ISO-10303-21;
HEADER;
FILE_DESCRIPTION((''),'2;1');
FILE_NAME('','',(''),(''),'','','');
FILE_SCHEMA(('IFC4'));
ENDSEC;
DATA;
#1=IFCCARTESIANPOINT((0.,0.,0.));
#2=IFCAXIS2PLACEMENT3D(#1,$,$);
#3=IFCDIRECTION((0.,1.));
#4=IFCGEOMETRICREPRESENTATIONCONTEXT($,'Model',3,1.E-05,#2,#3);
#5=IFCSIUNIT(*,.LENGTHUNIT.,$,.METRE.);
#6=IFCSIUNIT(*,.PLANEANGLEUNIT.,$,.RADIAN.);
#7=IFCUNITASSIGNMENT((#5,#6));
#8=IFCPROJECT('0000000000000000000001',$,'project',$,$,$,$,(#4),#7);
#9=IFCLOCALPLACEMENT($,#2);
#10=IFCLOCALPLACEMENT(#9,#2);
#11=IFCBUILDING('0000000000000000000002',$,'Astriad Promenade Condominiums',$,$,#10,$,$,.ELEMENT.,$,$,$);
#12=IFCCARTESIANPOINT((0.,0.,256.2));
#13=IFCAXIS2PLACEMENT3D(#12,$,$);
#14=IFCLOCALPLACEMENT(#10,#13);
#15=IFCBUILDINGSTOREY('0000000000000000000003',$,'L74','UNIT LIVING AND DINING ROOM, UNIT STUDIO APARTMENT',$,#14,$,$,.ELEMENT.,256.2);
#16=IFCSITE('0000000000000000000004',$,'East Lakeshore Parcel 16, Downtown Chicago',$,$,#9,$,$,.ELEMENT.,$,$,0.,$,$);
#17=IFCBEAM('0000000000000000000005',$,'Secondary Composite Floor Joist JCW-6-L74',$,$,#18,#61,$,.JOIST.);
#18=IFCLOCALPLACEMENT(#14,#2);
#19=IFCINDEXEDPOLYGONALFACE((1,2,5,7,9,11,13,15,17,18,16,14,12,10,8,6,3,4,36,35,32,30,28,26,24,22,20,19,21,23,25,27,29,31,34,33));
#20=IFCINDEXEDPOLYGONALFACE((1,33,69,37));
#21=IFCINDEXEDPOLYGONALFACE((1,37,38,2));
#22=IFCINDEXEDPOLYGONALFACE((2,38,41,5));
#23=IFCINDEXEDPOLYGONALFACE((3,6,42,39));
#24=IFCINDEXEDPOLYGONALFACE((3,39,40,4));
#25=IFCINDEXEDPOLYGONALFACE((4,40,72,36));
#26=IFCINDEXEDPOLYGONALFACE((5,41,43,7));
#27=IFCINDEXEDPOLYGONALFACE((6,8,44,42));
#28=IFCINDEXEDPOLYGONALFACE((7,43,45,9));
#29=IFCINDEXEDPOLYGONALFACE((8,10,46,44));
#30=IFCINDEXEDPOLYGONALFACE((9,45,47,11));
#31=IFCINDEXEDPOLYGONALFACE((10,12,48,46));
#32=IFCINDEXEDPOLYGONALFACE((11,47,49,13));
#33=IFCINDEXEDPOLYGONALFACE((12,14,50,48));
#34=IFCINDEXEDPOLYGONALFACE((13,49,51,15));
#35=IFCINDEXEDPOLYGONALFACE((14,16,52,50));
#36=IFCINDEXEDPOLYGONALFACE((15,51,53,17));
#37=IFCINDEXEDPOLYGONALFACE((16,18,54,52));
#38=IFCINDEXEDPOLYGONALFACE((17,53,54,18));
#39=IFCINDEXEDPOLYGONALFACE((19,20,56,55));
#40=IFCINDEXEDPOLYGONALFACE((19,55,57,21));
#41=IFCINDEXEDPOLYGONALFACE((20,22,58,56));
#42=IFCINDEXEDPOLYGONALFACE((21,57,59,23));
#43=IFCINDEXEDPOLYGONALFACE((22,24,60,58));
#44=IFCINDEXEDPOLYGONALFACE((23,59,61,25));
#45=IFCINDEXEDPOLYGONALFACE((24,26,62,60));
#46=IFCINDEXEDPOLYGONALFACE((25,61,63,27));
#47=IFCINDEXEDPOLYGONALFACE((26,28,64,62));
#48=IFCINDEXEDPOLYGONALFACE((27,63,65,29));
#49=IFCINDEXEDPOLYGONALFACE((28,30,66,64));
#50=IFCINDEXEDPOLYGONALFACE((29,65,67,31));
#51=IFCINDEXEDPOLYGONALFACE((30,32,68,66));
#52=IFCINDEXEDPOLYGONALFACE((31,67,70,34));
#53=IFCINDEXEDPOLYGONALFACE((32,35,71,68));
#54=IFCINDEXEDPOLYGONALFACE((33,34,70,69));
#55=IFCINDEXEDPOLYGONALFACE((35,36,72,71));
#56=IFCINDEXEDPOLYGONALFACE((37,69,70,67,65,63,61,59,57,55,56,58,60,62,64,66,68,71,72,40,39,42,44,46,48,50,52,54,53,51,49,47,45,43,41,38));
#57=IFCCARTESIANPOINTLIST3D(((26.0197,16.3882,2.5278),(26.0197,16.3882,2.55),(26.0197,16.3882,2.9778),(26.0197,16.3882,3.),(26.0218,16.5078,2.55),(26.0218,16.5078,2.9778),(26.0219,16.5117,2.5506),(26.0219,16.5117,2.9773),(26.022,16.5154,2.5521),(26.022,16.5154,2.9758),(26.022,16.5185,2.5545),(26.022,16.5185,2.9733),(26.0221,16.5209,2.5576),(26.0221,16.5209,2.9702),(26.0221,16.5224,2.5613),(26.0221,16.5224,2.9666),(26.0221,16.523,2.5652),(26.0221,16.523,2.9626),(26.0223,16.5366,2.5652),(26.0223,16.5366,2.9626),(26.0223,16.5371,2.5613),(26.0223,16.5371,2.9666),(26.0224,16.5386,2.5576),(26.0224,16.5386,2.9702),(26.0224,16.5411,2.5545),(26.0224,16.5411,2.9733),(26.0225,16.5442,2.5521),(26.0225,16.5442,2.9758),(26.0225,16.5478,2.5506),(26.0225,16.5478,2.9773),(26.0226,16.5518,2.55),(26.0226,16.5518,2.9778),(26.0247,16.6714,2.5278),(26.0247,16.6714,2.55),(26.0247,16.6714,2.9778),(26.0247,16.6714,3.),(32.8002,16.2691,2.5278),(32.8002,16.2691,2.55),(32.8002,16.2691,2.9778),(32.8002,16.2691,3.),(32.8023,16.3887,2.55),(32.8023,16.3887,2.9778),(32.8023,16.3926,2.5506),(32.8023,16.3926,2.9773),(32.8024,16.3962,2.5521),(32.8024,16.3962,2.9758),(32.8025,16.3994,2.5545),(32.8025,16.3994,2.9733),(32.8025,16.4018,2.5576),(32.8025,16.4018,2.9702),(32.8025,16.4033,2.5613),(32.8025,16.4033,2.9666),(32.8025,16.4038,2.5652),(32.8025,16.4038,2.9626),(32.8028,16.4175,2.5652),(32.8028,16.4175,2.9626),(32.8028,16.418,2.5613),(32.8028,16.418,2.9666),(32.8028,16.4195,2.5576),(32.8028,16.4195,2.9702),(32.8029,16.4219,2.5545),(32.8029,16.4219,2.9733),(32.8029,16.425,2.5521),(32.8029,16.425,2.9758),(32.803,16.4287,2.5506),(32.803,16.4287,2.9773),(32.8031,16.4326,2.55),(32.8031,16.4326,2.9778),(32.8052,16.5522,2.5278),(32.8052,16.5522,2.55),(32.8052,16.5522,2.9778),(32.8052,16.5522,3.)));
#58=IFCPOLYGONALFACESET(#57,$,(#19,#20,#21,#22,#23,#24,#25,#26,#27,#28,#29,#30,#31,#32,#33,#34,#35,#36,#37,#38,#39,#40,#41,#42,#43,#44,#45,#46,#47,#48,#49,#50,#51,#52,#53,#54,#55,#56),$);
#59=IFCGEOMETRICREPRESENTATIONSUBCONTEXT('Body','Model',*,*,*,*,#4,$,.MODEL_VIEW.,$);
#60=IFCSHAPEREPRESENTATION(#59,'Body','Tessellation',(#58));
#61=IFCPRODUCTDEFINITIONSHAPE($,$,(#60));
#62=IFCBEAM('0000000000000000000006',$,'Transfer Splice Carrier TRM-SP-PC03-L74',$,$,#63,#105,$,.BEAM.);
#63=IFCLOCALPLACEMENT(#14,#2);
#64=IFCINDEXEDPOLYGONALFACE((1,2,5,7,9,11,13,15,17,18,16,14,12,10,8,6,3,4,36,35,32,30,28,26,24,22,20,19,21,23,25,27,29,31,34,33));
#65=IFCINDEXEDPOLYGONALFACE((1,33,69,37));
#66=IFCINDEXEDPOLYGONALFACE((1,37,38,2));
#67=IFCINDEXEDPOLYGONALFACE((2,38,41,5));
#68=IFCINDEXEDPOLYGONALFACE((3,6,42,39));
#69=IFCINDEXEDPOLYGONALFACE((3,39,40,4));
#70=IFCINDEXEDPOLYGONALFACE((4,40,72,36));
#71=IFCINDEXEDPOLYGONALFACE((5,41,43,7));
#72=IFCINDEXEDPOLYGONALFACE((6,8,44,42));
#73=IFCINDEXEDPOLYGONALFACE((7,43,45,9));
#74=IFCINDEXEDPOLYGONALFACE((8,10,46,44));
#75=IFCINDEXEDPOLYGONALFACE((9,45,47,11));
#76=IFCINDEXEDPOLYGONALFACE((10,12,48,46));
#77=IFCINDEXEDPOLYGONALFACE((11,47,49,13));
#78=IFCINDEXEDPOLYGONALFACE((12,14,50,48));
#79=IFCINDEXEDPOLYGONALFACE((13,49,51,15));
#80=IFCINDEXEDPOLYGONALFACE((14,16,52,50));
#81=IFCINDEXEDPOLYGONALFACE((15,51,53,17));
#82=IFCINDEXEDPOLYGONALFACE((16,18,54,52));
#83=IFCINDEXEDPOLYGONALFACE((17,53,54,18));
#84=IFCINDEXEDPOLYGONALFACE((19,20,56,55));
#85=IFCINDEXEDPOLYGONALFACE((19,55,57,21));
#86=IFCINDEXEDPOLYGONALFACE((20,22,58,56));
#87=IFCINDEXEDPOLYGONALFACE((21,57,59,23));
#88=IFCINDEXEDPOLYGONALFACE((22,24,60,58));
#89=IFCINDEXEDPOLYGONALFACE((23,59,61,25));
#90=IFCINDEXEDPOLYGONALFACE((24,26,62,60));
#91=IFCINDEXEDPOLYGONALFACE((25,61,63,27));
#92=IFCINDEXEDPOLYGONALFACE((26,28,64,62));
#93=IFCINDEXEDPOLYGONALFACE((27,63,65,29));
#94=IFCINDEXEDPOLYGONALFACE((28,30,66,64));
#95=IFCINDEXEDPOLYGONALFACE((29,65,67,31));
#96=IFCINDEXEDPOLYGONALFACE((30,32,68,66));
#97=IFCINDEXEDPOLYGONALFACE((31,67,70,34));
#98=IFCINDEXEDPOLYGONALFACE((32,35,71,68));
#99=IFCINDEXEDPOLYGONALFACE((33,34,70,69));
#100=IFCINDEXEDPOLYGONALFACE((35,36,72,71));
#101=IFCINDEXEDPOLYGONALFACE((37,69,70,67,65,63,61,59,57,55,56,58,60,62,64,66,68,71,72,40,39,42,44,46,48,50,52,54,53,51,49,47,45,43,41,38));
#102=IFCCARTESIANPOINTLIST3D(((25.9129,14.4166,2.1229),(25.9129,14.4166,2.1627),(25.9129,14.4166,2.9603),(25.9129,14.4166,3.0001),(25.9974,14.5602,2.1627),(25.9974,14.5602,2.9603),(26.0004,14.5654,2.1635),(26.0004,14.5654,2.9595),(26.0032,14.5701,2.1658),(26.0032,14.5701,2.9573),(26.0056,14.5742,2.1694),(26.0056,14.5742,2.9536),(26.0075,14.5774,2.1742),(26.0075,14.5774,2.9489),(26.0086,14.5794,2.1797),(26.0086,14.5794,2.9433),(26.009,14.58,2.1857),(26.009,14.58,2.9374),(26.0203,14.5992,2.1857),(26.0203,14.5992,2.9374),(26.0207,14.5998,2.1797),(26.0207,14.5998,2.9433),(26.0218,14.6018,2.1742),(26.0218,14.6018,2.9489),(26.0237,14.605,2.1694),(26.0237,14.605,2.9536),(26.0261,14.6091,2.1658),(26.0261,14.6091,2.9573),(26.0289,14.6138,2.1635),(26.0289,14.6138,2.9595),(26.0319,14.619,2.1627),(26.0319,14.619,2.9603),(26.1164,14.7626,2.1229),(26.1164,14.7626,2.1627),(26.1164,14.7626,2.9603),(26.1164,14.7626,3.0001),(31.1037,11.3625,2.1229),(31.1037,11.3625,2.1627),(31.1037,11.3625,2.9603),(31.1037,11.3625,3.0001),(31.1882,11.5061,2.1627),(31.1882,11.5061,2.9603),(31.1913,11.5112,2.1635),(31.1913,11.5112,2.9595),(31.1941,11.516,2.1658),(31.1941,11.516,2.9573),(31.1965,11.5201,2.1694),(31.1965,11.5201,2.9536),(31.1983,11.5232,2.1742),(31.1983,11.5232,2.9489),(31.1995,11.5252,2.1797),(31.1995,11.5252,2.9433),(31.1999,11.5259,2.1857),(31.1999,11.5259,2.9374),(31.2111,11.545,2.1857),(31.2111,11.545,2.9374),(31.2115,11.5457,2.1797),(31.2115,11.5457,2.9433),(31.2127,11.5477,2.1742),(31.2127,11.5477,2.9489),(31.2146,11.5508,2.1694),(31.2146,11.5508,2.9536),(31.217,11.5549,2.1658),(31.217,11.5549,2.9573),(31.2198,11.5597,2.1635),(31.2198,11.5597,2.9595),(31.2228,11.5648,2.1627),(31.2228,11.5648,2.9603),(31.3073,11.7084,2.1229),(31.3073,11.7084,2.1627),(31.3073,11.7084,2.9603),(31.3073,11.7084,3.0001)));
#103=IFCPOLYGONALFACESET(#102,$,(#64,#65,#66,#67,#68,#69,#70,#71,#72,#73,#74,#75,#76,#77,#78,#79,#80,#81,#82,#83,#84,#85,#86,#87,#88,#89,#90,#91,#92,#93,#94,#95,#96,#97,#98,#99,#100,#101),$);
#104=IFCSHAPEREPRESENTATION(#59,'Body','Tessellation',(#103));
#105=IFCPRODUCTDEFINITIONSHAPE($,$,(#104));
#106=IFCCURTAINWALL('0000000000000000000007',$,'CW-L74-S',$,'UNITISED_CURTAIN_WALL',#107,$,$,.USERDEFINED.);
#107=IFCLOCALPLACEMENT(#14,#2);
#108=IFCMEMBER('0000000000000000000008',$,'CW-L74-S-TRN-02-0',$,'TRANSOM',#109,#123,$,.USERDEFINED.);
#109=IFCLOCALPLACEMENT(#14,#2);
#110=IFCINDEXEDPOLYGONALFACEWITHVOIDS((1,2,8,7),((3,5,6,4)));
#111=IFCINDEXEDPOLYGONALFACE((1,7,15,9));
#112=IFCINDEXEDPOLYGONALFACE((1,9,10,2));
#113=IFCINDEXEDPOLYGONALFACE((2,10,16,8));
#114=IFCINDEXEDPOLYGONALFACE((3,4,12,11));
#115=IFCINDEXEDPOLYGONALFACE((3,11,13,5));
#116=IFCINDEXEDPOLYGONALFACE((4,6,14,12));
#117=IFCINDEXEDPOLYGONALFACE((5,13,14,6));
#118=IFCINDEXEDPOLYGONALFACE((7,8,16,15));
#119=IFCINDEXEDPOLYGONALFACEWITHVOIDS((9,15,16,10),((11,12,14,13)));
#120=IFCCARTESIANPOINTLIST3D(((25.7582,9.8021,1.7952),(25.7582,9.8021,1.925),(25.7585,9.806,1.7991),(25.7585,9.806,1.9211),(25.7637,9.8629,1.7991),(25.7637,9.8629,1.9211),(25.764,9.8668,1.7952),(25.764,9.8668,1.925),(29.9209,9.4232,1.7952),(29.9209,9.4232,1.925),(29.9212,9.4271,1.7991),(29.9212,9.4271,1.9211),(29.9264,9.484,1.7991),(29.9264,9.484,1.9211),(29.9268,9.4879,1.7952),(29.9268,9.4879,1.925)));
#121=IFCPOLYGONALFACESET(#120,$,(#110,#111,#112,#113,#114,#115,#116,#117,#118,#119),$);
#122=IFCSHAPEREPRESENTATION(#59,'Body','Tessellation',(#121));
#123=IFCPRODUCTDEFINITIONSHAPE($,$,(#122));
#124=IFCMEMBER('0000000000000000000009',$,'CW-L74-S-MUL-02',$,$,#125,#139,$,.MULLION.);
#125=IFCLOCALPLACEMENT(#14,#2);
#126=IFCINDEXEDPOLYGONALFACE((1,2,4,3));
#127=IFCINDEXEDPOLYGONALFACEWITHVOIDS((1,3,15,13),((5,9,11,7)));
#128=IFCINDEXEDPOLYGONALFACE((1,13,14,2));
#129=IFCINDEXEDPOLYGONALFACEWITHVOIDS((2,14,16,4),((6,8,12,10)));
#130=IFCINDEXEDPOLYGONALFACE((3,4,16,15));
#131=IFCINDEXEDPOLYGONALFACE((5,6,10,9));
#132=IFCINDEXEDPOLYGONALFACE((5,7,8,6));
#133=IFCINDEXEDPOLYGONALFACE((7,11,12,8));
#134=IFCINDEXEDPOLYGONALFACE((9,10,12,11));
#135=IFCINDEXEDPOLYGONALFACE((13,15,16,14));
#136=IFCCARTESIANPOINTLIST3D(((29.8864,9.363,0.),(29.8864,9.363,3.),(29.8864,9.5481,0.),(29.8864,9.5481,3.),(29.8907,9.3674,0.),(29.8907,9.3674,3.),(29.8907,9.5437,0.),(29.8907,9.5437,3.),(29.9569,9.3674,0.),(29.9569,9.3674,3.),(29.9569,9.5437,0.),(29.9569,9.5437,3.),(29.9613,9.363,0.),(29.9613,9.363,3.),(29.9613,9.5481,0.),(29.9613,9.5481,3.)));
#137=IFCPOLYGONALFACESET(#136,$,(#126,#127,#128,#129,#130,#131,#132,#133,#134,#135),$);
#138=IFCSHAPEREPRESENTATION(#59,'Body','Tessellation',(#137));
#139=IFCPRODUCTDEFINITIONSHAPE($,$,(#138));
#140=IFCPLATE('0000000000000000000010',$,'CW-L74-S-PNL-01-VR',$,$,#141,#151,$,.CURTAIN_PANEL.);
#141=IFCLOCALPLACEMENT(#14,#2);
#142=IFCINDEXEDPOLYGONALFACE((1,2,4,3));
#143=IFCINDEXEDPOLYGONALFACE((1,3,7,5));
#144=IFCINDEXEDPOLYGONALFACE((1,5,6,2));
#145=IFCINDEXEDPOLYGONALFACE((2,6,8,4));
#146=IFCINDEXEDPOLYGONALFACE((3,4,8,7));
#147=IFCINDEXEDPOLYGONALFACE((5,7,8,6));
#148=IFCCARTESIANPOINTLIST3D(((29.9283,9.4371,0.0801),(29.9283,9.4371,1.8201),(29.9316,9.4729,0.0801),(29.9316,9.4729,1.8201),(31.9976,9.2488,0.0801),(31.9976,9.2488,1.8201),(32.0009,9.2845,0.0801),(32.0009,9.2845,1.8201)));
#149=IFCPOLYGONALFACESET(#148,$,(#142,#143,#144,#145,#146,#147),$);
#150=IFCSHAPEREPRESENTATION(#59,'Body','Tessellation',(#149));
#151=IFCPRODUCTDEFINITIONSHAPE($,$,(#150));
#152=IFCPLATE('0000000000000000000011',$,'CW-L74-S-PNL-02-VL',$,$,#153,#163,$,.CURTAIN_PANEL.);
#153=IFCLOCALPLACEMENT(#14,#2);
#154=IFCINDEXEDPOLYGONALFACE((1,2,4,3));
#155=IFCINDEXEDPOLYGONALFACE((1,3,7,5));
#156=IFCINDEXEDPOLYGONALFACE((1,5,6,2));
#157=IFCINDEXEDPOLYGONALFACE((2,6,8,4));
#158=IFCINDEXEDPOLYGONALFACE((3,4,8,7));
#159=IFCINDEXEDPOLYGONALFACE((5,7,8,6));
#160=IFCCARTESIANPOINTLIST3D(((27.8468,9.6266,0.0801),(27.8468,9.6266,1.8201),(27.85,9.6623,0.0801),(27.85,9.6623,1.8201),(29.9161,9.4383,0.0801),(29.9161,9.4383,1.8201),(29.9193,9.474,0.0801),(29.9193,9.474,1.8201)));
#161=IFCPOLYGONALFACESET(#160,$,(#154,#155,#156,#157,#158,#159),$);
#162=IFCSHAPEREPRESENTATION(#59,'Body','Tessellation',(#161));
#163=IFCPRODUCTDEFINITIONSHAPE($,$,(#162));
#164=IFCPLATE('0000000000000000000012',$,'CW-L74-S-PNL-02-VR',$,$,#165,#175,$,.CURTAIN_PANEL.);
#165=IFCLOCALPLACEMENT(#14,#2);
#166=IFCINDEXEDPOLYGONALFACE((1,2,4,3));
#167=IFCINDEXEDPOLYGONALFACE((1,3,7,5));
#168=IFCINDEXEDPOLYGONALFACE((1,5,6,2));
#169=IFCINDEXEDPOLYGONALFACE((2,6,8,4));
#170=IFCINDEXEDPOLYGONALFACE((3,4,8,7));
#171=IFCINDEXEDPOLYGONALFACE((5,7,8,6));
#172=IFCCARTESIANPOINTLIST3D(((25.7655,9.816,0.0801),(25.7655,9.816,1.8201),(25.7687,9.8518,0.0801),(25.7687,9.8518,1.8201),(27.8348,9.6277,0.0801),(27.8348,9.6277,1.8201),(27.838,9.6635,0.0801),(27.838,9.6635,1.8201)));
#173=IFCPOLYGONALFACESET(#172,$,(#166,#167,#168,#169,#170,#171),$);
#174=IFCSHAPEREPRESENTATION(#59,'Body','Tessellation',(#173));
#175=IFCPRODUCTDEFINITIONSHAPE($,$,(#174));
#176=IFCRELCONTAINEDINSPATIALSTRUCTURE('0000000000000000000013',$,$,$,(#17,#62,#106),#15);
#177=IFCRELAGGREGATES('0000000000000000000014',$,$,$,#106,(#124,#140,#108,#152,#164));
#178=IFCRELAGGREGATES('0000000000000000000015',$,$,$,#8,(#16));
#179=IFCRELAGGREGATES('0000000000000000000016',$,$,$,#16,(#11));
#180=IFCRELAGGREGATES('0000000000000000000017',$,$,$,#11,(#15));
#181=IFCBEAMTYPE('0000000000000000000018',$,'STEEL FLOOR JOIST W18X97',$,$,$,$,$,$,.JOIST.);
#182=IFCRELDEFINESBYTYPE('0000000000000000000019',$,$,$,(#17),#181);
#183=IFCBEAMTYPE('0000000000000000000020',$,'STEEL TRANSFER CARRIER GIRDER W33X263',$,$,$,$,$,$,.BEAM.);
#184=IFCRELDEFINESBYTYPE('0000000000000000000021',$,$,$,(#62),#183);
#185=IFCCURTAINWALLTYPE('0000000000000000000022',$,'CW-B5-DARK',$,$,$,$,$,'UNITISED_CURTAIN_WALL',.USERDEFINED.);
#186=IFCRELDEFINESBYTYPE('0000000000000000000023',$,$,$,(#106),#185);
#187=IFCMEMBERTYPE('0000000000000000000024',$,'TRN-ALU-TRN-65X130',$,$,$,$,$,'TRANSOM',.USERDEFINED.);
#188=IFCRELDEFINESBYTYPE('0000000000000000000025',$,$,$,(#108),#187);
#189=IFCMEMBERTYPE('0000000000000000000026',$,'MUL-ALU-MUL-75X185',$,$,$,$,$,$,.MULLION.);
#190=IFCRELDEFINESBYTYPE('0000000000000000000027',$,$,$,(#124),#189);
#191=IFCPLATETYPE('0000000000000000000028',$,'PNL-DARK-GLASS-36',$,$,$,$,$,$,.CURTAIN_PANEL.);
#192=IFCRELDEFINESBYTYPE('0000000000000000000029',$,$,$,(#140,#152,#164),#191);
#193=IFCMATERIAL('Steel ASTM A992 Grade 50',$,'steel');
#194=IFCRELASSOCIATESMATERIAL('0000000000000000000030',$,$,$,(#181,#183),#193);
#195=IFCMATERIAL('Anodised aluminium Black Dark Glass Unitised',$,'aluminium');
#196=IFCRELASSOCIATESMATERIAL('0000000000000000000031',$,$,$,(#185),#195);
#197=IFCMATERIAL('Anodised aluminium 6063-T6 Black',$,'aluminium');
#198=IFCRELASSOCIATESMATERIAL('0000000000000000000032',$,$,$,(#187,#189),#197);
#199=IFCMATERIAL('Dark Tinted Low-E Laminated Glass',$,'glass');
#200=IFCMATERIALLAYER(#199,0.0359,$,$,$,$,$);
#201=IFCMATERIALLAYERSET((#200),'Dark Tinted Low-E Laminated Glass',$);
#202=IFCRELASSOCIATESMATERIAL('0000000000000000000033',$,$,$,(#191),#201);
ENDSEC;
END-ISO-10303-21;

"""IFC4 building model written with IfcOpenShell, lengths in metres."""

from ifc_helpers import new_model, si_unit, direction, frame, origin, origin_2d, place, context, subcontext, project, spatial, rectangle, hollow_rectangle, i_section, extrude, source, transform, mapped, material, layer, layer_set, material_profile, profile_set, type_object, type_shapes, element, aggregate, save


model = new_model("IFC4")

# Units and contexts
model_context = context("Model", 3, precision=1e-05, world=origin(), true_north=direction((0.0, 1.0)))
body_context = subcontext(model_context, "Body", "Model", "MODEL_VIEW")
ifc_project = project(units=[si_unit("LENGTHUNIT", "METRE"), si_unit("PLANEANGLEUNIT", "RADIAN")], contexts=[model_context])

# Site, building, storey
site_placement = place(None, origin())
site = spatial("IfcSite", under=ifc_project, at=site_placement, Name="East Lakeshore Parcel 16, Downtown Chicago", CompositionType="ELEMENT", RefElevation=0.0)
building_placement = place(site_placement, origin())
building = spatial("IfcBuilding", under=site, at=building_placement, Name="Astriad Promenade Condominiums", CompositionType="ELEMENT")
storey_placement = place(building_placement, frame((0.0, 0.0, 256.2)))
storey = spatial("IfcBuildingStorey", under=building, at=storey_placement, Name="L74", Description="UNIT LIVING AND DINING ROOM, UNIT STUDIO APARTMENT", CompositionType="ELEMENT", Elevation=256.2)

# Shared definitions
ifc_material_1 = material(Name="Steel ASTM A992 Grade 50", Category="steel")

# Beams
ifc_material_profile_1 = material_profile(ifc_material_1, i_section(OverallWidth=0.2832, OverallDepth=0.4722, WebThickness=0.0137, FlangeThickness=0.0222, FilletRadius=0.0151, at=origin_2d()), Name="W18X97")
ifc_profile_set_1 = profile_set([ifc_material_profile_1], Name="Steel ASTM A992 Grade 50")
beam_type_1 = type_object("IfcBeamType", Name="STEEL FLOOR JOIST W18X97", PredefinedType="JOIST", material=ifc_profile_set_1)
shared_shape_1 = source(origin(), body_context, "Body", "SweptSolid", [
    extrude(i_section(OverallWidth=0.2832, OverallDepth=0.4722, WebThickness=0.0137, FlangeThickness=0.0222, FilletRadius=0.0151, at=origin_2d()), origin(), (0.0, 0.0, 1.0), 6.7815),
])
type_shapes(beam_type_1, [shared_shape_1])
beam_1_placement = place(storey_placement, frame((26.0222, 16.5298, 2.7639), z_axis=(0.999846, -0.017568, 0.0), x_axis=(0.017568, 0.999846, 0.0)))
element("IfcBeam", 1, at=beam_1_placement, inside=storey, type_object=beam_type_1, Name="Secondary Composite Floor Joist JCW-6-L74", PredefinedType="JOIST", context=body_context, shape_type="MappedRepresentation", body=[
    mapped(shared_shape_1, transform((0.0, 0.0, 0.0), scale=1.0)),
])
ifc_material_profile_2 = material_profile(ifc_material_1, i_section(OverallWidth=0.4014, OverallDepth=0.8772, WebThickness=0.0222, FlangeThickness=0.0398, FilletRadius=0.0229, at=origin_2d()), Name="W33X263")
ifc_profile_set_2 = profile_set([ifc_material_profile_2], Name="Steel ASTM A992 Grade 50")
beam_type_2 = type_object("IfcBeamType", Name="STEEL TRANSFER CARRIER GIRDER W33X263", PredefinedType="BEAM", material=ifc_profile_set_2)
shared_shape_2 = source(origin(), body_context, "Body", "SweptSolid", [
    extrude(i_section(OverallWidth=0.4014, OverallDepth=0.8772, WebThickness=0.0222, FlangeThickness=0.0398, FilletRadius=0.0229, at=origin_2d()), origin(), (0.0, 0.0, 1.0), 6.0227),
])
type_shapes(beam_type_2, [shared_shape_2])
beam_2_placement = place(storey_placement, frame((26.0146, 14.5896, 2.5615), z_axis=(0.861882, -0.507109, 0.0), x_axis=(0.507109, 0.861882, 0.0)))
element("IfcBeam", 2, at=beam_2_placement, inside=storey, type_object=beam_type_2, Name="Transfer Splice Carrier TRM-SP-PC03-L74", PredefinedType="BEAM", context=body_context, shape_type="MappedRepresentation", body=[
    mapped(shared_shape_2, transform((0.0, 0.0, 0.0), scale=1.0)),
])

# Curtain wall, members, plates
ifc_material_2 = material(Name="Anodised aluminium Black Dark Glass Unitised", Category="aluminium")
curtain_wall_type = type_object("IfcCurtainWallType", Name="CW-B5-DARK", ElementType="UNITISED_CURTAIN_WALL", PredefinedType="USERDEFINED", material=ifc_material_2)
curtain_wall_placement = place(storey_placement, origin())
curtain_wall = element("IfcCurtainWall", 3, at=curtain_wall_placement, inside=storey, type_object=curtain_wall_type, Name="CW-L74-S", ObjectType="UNITISED_CURTAIN_WALL", PredefinedType="USERDEFINED")
ifc_material_3 = material(Name="Anodised aluminium 6063-T6 Black", Category="aluminium")
ifc_material_profile_3 = material_profile(ifc_material_3, hollow_rectangle(XDim=0.0649, YDim=0.1299, WallThickness=0.0039, at=origin_2d()), Name="ALU-TRN-65X130")
ifc_profile_set_3 = profile_set([ifc_material_profile_3], Name="Anodised aluminium 6063-T6 Black")
member_type_1 = type_object("IfcMemberType", Name="TRN-ALU-TRN-65X130", ElementType="TRANSOM", PredefinedType="USERDEFINED", material=ifc_profile_set_3)
shared_shape_3 = source(origin(), body_context, "Body", "SweptSolid", [
    extrude(hollow_rectangle(XDim=0.0649, YDim=0.1299, WallThickness=0.0039, at=origin_2d()), origin(), (0.0, 0.0, 1.0), 4.1799),
])
type_shapes(member_type_1, [shared_shape_3])
member_1_placement = place(storey_placement, frame((29.9238, 9.4556, 1.8601), z_axis=(-0.995883, 0.090646, 0.0), x_axis=(-0.090646, -0.995883, 0.0)))
member_1 = element("IfcMember", 4, at=member_1_placement, type_object=member_type_1, Name="CW-L74-S-TRN-02-0", ObjectType="TRANSOM", PredefinedType="USERDEFINED", context=body_context, shape_type="MappedRepresentation", body=[
    mapped(shared_shape_3, transform((0.0, 0.0, 0.0), scale=1.0)),
])
ifc_material_profile_4 = material_profile(ifc_material_3, hollow_rectangle(XDim=0.075, YDim=0.1851, WallThickness=0.0044, at=origin_2d()), Name="ALU-MUL-75X185")
ifc_profile_set_4 = profile_set([ifc_material_profile_4], Name="Anodised aluminium 6063-T6 Black")
member_type_2 = type_object("IfcMemberType", Name="MUL-ALU-MUL-75X185", PredefinedType="MULLION", material=ifc_profile_set_4)
shared_shape_4 = source(origin(), body_context, "Body", "SweptSolid", [
    extrude(hollow_rectangle(XDim=0.075, YDim=0.1851, WallThickness=0.0044, at=origin_2d()), origin(), (0.0, 0.0, 1.0), 3.0),
])
type_shapes(member_type_2, [shared_shape_4])
member_2_placement = place(storey_placement, frame((29.9238, 9.4556, 0.0), z_axis=(0.0, 0.0, 1.0), x_axis=(1.0, 0.0, 0.0)))
member_2 = element("IfcMember", 5, at=member_2_placement, type_object=member_type_2, Name="CW-L74-S-MUL-02", PredefinedType="MULLION", context=body_context, shape_type="MappedRepresentation", body=[
    mapped(shared_shape_4, transform((0.0, 0.0, 0.0), scale=1.0)),
])
ifc_material_4 = material(Name="Dark Tinted Low-E Laminated Glass", Category="glass")
ifc_layer_1 = layer(ifc_material_4, 0.0359)
ifc_layer_set_1 = layer_set([ifc_layer_1], Name="Dark Tinted Low-E Laminated Glass")
plate_type = type_object("IfcPlateType", Name="PNL-DARK-GLASS-36", PredefinedType="CURTAIN_PANEL", material=ifc_layer_set_1)
shared_shape_5 = source(origin(), body_context, "Body", "SweptSolid", [
    extrude(rectangle(XDim=2.0779, YDim=0.0359, at=origin_2d()), origin(), (0.0, 0.0, 1.0), 1.74),
])
plate_1_placement = place(storey_placement, frame((30.9646, 9.3608, 0.0801), z_axis=(0.0, 0.0, 1.0), x_axis=(-0.995884, 0.090633, 0.0)))
plate_1 = element("IfcPlate", 6, at=plate_1_placement, type_object=plate_type, Name="CW-L74-S-PNL-01-VR", PredefinedType="CURTAIN_PANEL", context=body_context, shape_type="MappedRepresentation", body=[
    mapped(shared_shape_5, transform((0.0, 0.0, 0.0), scale=1.0)),
])
plate_2_placement = place(storey_placement, frame((28.8831, 9.5503, 0.0801), z_axis=(0.0, 0.0, 1.0), x_axis=(-0.995884, 0.090633, 0.0)))
plate_2 = element("IfcPlate", 7, at=plate_2_placement, type_object=plate_type, Name="CW-L74-S-PNL-02-VL", PredefinedType="CURTAIN_PANEL", context=body_context, shape_type="MappedRepresentation", body=[
    mapped(shared_shape_5, transform((0.0, 0.0, 0.0), scale=1.0)),
])
plate_3_placement = place(storey_placement, frame((26.8018, 9.7397, 0.0801), z_axis=(0.0, 0.0, 1.0), x_axis=(-0.995884, 0.090633, 0.0)))
plate_3 = element("IfcPlate", 8, at=plate_3_placement, type_object=plate_type, Name="CW-L74-S-PNL-02-VR", PredefinedType="CURTAIN_PANEL", context=body_context, shape_type="MappedRepresentation", body=[
    mapped(shared_shape_5, transform((0.0, 0.0, 0.0), scale=1.0)),
])
aggregate(curtain_wall, [member_2, plate_1, member_1, plate_2, plate_3])

save(model, "model.ifc")
